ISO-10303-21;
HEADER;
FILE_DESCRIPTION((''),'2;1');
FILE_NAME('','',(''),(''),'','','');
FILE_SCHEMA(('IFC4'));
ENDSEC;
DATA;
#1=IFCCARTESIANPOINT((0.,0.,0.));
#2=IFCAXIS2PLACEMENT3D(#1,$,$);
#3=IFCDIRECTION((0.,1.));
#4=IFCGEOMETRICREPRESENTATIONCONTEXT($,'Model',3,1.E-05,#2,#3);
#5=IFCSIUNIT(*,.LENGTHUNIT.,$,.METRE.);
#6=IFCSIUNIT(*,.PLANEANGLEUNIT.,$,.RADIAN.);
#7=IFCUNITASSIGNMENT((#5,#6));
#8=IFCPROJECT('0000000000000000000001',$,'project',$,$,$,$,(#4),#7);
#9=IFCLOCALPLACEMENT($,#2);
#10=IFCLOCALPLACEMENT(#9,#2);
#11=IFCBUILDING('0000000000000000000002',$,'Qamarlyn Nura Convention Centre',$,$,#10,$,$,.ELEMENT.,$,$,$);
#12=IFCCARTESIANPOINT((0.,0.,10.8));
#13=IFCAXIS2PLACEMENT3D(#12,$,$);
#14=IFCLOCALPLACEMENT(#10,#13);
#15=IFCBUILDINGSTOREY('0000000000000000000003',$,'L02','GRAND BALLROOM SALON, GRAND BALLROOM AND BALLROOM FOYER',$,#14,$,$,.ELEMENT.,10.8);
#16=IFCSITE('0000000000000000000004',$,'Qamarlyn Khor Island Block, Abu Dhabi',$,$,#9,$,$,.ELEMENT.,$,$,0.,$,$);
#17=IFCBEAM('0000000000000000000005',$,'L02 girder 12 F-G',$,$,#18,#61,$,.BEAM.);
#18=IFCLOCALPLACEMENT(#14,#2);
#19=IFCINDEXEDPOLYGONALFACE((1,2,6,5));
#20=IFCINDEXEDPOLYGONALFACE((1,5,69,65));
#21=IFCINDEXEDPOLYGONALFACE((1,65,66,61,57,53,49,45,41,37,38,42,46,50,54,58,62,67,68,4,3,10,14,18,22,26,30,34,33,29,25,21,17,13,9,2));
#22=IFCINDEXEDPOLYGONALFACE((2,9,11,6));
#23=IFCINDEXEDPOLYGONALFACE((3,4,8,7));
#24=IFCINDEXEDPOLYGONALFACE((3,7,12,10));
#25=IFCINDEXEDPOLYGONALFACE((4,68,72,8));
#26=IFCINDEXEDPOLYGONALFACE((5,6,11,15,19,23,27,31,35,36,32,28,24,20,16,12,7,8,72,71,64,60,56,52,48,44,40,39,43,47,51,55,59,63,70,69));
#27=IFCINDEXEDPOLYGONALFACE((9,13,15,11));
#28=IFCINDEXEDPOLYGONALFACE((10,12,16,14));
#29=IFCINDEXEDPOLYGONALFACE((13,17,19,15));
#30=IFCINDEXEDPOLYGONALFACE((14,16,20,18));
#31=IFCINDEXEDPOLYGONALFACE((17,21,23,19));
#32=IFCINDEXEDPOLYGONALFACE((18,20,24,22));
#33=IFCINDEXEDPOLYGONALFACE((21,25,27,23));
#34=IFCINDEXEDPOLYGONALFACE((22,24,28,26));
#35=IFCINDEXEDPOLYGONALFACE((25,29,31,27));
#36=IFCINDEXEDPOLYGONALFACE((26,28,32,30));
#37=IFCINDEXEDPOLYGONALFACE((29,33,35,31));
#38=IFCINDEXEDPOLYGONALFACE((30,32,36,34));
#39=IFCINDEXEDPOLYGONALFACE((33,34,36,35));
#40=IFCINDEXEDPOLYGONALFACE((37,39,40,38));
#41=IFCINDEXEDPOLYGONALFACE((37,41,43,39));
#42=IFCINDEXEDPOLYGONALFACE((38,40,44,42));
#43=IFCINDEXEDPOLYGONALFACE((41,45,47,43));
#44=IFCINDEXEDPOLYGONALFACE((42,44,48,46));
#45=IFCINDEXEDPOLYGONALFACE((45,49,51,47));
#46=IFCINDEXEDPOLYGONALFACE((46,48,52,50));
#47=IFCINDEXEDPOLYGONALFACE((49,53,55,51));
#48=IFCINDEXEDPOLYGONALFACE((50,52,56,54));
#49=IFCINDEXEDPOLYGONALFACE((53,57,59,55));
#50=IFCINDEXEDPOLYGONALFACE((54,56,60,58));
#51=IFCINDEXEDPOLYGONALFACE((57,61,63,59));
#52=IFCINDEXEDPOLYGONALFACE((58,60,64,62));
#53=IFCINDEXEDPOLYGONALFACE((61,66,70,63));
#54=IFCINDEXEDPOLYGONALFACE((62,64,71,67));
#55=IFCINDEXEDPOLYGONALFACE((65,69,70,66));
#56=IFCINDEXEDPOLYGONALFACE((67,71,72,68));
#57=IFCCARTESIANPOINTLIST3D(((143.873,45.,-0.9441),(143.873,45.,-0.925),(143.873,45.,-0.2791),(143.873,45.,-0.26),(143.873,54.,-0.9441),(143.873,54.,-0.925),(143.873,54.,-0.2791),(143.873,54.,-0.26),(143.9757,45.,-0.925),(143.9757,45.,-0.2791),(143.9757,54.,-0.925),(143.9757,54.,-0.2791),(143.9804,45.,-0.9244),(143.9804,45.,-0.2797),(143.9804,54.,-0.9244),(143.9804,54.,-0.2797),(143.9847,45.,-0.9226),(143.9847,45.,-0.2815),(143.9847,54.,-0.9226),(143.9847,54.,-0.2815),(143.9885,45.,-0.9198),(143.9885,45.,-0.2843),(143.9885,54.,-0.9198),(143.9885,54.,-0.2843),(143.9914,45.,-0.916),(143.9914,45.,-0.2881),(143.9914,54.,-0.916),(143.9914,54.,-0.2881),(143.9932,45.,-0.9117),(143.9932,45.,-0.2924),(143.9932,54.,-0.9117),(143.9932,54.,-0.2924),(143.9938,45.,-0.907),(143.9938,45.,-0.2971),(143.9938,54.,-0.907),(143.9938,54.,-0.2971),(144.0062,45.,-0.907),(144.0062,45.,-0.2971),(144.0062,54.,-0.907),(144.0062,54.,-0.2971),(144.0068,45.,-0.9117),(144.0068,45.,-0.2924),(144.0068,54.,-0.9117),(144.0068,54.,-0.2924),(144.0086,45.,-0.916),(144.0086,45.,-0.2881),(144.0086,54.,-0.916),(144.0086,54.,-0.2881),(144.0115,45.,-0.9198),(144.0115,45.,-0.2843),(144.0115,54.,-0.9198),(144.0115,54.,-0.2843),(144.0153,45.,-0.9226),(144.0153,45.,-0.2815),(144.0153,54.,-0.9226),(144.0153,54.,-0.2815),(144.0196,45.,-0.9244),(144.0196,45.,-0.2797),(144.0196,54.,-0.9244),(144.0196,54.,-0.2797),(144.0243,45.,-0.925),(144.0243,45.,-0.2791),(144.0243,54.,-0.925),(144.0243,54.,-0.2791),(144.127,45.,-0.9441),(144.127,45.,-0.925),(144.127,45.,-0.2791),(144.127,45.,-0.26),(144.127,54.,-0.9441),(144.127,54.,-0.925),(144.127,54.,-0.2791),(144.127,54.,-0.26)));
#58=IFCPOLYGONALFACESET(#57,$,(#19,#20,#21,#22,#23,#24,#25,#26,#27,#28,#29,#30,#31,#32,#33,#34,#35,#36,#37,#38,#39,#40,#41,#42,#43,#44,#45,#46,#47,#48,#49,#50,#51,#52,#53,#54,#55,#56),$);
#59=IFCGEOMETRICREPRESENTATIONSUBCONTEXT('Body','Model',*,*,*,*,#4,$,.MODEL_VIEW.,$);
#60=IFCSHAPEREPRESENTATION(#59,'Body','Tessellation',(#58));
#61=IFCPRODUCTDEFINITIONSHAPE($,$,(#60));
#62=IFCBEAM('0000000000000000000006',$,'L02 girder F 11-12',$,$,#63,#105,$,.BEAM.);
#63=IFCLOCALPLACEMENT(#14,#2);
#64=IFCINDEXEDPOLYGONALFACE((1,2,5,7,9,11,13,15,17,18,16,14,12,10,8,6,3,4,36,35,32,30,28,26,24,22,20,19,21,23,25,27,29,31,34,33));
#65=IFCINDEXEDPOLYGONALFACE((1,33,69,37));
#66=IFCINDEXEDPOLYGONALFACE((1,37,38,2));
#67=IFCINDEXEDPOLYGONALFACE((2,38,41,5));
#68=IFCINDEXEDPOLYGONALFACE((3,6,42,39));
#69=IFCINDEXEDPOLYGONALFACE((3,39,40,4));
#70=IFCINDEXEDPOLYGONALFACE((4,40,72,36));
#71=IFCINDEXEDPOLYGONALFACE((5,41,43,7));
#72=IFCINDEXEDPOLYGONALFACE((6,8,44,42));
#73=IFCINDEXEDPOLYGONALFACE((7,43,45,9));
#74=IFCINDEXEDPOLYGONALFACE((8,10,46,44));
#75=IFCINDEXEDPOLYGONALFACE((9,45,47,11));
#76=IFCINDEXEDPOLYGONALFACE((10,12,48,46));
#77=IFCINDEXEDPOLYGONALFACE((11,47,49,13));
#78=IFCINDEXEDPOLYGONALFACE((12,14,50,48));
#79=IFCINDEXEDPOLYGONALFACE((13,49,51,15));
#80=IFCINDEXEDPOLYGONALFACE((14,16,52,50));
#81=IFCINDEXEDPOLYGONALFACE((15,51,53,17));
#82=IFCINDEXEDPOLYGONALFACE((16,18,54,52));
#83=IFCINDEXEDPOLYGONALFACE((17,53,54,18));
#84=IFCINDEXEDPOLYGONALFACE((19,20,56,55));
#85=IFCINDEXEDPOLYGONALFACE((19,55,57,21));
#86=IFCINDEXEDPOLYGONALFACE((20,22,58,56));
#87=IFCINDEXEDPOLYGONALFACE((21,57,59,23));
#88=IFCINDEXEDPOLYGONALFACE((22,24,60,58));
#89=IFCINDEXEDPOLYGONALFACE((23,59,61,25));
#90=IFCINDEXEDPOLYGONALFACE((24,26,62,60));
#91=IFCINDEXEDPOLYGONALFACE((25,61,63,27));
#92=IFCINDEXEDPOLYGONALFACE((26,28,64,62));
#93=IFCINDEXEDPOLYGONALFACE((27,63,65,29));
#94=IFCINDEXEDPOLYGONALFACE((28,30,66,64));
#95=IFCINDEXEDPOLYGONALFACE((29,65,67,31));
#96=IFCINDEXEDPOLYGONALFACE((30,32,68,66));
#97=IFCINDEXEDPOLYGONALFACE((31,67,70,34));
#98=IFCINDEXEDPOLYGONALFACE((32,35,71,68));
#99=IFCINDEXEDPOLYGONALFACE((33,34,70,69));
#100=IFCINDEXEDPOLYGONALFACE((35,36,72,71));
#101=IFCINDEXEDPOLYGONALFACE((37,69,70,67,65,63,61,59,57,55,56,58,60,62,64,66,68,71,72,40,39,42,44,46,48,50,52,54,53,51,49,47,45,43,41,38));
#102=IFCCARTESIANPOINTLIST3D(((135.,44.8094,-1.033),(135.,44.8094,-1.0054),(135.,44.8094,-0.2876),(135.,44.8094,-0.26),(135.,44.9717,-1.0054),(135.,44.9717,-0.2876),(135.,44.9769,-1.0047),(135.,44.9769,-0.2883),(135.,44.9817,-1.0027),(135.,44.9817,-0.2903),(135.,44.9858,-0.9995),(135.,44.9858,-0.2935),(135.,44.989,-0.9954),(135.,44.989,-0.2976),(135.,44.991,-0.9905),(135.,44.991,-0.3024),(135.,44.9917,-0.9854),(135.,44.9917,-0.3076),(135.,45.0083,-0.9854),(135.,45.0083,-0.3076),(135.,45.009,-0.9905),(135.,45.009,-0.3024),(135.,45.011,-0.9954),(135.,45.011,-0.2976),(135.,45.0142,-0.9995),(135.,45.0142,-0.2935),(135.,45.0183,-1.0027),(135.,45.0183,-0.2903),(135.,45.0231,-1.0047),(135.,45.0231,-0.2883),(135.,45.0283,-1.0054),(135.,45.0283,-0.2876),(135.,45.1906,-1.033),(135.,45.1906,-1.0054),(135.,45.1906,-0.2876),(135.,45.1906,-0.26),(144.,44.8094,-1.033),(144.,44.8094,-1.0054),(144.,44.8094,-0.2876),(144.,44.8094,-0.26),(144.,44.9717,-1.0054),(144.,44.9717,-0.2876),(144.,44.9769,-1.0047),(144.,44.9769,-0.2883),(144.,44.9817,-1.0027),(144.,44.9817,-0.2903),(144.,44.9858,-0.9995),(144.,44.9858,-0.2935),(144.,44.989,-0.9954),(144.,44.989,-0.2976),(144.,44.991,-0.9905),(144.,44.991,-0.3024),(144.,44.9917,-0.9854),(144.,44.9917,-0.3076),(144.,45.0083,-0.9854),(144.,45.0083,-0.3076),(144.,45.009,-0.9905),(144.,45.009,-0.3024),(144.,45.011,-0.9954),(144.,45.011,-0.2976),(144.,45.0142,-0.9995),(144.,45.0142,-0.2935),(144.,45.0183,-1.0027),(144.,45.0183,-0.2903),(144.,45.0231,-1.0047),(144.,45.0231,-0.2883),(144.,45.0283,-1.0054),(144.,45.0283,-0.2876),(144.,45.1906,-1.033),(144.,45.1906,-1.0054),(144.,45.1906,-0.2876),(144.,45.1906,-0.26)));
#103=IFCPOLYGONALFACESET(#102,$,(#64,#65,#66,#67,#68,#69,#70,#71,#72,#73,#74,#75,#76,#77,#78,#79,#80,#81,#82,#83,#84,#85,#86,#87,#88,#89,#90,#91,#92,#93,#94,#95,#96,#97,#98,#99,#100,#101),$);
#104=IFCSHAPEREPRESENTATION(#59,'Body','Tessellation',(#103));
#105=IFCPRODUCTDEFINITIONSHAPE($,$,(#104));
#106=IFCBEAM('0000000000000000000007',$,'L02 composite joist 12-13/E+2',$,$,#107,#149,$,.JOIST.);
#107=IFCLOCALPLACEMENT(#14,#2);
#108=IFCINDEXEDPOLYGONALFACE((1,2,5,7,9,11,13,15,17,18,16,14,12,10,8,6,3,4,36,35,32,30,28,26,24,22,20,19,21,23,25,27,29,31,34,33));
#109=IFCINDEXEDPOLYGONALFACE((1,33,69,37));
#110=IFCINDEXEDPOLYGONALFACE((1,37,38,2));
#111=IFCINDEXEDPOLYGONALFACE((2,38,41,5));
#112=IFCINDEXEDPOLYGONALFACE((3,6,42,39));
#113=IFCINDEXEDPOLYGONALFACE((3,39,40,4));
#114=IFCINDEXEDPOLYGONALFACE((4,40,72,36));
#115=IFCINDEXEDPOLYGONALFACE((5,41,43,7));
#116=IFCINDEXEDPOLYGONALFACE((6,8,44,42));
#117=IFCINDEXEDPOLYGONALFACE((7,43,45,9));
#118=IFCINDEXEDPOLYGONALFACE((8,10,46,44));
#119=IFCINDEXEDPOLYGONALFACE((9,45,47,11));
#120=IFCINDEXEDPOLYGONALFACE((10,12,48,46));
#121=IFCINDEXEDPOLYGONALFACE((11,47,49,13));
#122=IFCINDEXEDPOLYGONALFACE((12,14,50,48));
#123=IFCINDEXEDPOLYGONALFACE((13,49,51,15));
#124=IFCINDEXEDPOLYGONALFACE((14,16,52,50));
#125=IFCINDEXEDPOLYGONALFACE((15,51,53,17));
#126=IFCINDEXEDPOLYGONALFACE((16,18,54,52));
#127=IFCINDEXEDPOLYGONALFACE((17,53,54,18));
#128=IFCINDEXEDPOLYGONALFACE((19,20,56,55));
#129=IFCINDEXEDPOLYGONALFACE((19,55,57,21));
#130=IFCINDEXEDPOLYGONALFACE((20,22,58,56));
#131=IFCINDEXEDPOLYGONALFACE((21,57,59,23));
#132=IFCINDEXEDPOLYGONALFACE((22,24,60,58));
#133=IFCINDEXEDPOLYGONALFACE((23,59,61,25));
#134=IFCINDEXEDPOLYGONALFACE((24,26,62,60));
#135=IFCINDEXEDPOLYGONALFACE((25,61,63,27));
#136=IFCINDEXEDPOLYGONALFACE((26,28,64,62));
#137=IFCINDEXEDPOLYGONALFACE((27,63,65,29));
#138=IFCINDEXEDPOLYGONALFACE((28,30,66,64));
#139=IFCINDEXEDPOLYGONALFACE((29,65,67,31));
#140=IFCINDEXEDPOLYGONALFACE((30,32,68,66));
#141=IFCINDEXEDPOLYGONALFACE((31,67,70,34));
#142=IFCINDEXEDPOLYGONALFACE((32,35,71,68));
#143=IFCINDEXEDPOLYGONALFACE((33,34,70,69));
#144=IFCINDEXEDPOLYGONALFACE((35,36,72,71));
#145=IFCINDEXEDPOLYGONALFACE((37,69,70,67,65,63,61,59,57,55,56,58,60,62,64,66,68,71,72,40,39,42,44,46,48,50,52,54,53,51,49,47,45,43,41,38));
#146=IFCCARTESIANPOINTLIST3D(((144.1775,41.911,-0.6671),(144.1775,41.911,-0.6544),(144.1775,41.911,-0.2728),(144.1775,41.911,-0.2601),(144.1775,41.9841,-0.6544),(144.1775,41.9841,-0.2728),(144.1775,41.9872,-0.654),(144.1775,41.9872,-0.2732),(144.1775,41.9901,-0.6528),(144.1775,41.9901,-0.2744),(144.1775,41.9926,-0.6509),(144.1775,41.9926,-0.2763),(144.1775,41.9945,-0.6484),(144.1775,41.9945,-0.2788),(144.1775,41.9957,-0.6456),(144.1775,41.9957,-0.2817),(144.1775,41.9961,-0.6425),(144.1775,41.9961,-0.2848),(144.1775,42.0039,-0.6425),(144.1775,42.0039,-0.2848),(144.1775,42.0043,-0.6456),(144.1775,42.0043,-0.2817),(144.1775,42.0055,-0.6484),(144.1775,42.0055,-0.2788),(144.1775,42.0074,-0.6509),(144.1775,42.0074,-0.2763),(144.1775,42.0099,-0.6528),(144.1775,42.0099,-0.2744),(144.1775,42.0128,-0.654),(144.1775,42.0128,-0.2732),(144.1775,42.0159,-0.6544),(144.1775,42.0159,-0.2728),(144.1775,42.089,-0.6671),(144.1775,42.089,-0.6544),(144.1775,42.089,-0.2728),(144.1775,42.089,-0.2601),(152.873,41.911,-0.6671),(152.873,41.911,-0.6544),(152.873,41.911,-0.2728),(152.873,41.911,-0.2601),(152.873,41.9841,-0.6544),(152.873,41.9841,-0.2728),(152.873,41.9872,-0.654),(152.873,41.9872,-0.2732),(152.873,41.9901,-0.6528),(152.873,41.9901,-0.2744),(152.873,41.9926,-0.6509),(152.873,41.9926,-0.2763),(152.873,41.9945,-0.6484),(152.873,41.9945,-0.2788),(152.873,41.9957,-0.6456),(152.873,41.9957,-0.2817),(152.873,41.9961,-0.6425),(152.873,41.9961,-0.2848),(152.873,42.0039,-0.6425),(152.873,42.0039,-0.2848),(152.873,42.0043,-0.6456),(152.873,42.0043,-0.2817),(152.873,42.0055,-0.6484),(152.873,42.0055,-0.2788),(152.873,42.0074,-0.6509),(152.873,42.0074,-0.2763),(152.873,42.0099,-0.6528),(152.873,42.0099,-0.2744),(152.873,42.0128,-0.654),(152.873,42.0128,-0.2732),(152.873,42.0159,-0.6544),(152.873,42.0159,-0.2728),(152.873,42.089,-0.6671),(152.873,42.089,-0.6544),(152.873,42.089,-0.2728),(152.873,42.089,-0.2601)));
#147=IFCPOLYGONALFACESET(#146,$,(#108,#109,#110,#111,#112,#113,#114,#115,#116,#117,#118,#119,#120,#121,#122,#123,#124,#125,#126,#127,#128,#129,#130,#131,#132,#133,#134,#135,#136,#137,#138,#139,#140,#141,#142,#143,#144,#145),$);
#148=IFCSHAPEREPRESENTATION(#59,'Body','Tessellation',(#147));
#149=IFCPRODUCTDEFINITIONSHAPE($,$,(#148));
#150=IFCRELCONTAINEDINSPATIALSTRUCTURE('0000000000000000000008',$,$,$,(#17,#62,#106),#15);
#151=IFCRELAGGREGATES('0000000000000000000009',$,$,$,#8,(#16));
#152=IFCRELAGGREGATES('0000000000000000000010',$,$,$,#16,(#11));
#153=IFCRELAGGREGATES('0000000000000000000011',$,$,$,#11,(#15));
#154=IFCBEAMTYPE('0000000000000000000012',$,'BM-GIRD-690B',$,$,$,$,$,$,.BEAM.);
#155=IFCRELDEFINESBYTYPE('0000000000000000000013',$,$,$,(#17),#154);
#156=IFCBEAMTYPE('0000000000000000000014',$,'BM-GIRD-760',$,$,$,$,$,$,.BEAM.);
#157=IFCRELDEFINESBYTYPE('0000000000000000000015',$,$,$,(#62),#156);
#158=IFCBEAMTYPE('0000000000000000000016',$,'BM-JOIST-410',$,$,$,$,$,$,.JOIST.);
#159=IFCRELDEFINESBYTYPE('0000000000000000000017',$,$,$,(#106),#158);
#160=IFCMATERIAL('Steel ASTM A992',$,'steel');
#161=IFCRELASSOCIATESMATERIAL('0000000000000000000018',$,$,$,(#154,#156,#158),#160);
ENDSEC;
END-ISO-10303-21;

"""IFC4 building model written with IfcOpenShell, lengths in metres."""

from ifc_helpers import new_model, si_unit, direction, frame, origin, origin_2d, place, context, subcontext, project, spatial, i_section, extrude, material, material_profile, profile_set, type_object, element, save


model = new_model("IFC4")

# Units and contexts
model_context = context("Model", 3, precision=1e-05, world=origin(), true_north=direction((0.0, 1.0)))
body_context = subcontext(model_context, "Body", "Model", "MODEL_VIEW")
ifc_project = project(units=[si_unit("LENGTHUNIT", "METRE"), si_unit("PLANEANGLEUNIT", "RADIAN")], contexts=[model_context])

# Site, building, storey
site_placement = place(None, origin())
site = spatial("IfcSite", under=ifc_project, at=site_placement, Name="Qamarlyn Khor Island Block, Abu Dhabi", CompositionType="ELEMENT", RefElevation=0.0)
building_placement = place(site_placement, origin())
building = spatial("IfcBuilding", under=site, at=building_placement, Name="Qamarlyn Nura Convention Centre", CompositionType="ELEMENT")
storey_placement = place(building_placement, frame((0.0, 0.0, 10.8)))
storey = spatial("IfcBuildingStorey", under=building, at=storey_placement, Name="L02", Description="GRAND BALLROOM SALON, GRAND BALLROOM AND BALLROOM FOYER", CompositionType="ELEMENT", Elevation=10.8)

# Beams
ifc_material_1 = material(Name="Steel ASTM A992", Category="steel")
ifc_material_profile_1 = material_profile(ifc_material_1, i_section(OverallWidth=0.2539, OverallDepth=0.6841, WebThickness=0.0125, FlangeThickness=0.019, FilletRadius=0.0181, at=origin_2d()), Name="W690X140")
ifc_profile_set_1 = profile_set([ifc_material_profile_1], Name="Steel ASTM A992")
beam_type_1 = type_object("IfcBeamType", Name="BM-GIRD-690B", PredefinedType="BEAM", material=ifc_profile_set_1)
beam_1_placement = place(storey_placement, frame((144.0, 45.0, -0.6021), z_axis=(0.0, 1.0, 0.0), x_axis=(-1.0, 0.0, 0.0)))
element("IfcBeam", 1, at=beam_1_placement, inside=storey, type_object=beam_type_1, Name="L02 girder 12 F-G", PredefinedType="BEAM", context=body_context, shape_type="SweptSolid", body=[
    extrude(i_section(OverallWidth=0.2539, OverallDepth=0.6841, WebThickness=0.0125, FlangeThickness=0.019, FilletRadius=0.0181, at=origin_2d()), origin(), (0.0, 0.0, 1.0), 9.0),
])
ifc_material_profile_2 = material_profile(ifc_material_1, i_section(OverallWidth=0.3811, OverallDepth=0.7729, WebThickness=0.0166, FlangeThickness=0.0276, FilletRadius=0.02, at=origin_2d()), Name="W760X257")
ifc_profile_set_2 = profile_set([ifc_material_profile_2], Name="Steel ASTM A992")
beam_type_2 = type_object("IfcBeamType", Name="BM-GIRD-760", PredefinedType="BEAM", material=ifc_profile_set_2)
beam_2_placement = place(storey_placement, frame((135.0, 45.0, -0.6465), z_axis=(1.0, 0.0, 0.0), x_axis=(0.0, 1.0, 0.0)))
element("IfcBeam", 2, at=beam_2_placement, inside=storey, type_object=beam_type_2, Name="L02 girder F 11-12", PredefinedType="BEAM", context=body_context, shape_type="SweptSolid", body=[
    extrude(i_section(OverallWidth=0.3811, OverallDepth=0.7729, WebThickness=0.0166, FlangeThickness=0.0276, FilletRadius=0.02, at=origin_2d()), origin(), (0.0, 0.0, 1.0), 9.0),
])
ifc_material_profile_3 = material_profile(ifc_material_1, i_section(OverallWidth=0.178, OverallDepth=0.407, WebThickness=0.0078, FlangeThickness=0.0127, FilletRadius=0.012, at=origin_2d()), Name="W410X60")
ifc_profile_set_3 = profile_set([ifc_material_profile_3], Name="Steel ASTM A992")
beam_type_3 = type_object("IfcBeamType", Name="BM-JOIST-410", PredefinedType="JOIST", material=ifc_profile_set_3)
beam_3_placement = place(storey_placement, frame((144.1775, 42.0, -0.4636), z_axis=(1.0, 0.0, 0.0), x_axis=(0.0, 1.0, 0.0)))
element("IfcBeam", 3, at=beam_3_placement, inside=storey, type_object=beam_type_3, Name="L02 composite joist 12-13/E+2", PredefinedType="JOIST", context=body_context, shape_type="SweptSolid", body=[
    extrude(i_section(OverallWidth=0.178, OverallDepth=0.407, WebThickness=0.0078, FlangeThickness=0.0127, FilletRadius=0.012, at=origin_2d()), origin(), (0.0, 0.0, 1.0), 8.6956),
])

save(model, "model.ifc")
